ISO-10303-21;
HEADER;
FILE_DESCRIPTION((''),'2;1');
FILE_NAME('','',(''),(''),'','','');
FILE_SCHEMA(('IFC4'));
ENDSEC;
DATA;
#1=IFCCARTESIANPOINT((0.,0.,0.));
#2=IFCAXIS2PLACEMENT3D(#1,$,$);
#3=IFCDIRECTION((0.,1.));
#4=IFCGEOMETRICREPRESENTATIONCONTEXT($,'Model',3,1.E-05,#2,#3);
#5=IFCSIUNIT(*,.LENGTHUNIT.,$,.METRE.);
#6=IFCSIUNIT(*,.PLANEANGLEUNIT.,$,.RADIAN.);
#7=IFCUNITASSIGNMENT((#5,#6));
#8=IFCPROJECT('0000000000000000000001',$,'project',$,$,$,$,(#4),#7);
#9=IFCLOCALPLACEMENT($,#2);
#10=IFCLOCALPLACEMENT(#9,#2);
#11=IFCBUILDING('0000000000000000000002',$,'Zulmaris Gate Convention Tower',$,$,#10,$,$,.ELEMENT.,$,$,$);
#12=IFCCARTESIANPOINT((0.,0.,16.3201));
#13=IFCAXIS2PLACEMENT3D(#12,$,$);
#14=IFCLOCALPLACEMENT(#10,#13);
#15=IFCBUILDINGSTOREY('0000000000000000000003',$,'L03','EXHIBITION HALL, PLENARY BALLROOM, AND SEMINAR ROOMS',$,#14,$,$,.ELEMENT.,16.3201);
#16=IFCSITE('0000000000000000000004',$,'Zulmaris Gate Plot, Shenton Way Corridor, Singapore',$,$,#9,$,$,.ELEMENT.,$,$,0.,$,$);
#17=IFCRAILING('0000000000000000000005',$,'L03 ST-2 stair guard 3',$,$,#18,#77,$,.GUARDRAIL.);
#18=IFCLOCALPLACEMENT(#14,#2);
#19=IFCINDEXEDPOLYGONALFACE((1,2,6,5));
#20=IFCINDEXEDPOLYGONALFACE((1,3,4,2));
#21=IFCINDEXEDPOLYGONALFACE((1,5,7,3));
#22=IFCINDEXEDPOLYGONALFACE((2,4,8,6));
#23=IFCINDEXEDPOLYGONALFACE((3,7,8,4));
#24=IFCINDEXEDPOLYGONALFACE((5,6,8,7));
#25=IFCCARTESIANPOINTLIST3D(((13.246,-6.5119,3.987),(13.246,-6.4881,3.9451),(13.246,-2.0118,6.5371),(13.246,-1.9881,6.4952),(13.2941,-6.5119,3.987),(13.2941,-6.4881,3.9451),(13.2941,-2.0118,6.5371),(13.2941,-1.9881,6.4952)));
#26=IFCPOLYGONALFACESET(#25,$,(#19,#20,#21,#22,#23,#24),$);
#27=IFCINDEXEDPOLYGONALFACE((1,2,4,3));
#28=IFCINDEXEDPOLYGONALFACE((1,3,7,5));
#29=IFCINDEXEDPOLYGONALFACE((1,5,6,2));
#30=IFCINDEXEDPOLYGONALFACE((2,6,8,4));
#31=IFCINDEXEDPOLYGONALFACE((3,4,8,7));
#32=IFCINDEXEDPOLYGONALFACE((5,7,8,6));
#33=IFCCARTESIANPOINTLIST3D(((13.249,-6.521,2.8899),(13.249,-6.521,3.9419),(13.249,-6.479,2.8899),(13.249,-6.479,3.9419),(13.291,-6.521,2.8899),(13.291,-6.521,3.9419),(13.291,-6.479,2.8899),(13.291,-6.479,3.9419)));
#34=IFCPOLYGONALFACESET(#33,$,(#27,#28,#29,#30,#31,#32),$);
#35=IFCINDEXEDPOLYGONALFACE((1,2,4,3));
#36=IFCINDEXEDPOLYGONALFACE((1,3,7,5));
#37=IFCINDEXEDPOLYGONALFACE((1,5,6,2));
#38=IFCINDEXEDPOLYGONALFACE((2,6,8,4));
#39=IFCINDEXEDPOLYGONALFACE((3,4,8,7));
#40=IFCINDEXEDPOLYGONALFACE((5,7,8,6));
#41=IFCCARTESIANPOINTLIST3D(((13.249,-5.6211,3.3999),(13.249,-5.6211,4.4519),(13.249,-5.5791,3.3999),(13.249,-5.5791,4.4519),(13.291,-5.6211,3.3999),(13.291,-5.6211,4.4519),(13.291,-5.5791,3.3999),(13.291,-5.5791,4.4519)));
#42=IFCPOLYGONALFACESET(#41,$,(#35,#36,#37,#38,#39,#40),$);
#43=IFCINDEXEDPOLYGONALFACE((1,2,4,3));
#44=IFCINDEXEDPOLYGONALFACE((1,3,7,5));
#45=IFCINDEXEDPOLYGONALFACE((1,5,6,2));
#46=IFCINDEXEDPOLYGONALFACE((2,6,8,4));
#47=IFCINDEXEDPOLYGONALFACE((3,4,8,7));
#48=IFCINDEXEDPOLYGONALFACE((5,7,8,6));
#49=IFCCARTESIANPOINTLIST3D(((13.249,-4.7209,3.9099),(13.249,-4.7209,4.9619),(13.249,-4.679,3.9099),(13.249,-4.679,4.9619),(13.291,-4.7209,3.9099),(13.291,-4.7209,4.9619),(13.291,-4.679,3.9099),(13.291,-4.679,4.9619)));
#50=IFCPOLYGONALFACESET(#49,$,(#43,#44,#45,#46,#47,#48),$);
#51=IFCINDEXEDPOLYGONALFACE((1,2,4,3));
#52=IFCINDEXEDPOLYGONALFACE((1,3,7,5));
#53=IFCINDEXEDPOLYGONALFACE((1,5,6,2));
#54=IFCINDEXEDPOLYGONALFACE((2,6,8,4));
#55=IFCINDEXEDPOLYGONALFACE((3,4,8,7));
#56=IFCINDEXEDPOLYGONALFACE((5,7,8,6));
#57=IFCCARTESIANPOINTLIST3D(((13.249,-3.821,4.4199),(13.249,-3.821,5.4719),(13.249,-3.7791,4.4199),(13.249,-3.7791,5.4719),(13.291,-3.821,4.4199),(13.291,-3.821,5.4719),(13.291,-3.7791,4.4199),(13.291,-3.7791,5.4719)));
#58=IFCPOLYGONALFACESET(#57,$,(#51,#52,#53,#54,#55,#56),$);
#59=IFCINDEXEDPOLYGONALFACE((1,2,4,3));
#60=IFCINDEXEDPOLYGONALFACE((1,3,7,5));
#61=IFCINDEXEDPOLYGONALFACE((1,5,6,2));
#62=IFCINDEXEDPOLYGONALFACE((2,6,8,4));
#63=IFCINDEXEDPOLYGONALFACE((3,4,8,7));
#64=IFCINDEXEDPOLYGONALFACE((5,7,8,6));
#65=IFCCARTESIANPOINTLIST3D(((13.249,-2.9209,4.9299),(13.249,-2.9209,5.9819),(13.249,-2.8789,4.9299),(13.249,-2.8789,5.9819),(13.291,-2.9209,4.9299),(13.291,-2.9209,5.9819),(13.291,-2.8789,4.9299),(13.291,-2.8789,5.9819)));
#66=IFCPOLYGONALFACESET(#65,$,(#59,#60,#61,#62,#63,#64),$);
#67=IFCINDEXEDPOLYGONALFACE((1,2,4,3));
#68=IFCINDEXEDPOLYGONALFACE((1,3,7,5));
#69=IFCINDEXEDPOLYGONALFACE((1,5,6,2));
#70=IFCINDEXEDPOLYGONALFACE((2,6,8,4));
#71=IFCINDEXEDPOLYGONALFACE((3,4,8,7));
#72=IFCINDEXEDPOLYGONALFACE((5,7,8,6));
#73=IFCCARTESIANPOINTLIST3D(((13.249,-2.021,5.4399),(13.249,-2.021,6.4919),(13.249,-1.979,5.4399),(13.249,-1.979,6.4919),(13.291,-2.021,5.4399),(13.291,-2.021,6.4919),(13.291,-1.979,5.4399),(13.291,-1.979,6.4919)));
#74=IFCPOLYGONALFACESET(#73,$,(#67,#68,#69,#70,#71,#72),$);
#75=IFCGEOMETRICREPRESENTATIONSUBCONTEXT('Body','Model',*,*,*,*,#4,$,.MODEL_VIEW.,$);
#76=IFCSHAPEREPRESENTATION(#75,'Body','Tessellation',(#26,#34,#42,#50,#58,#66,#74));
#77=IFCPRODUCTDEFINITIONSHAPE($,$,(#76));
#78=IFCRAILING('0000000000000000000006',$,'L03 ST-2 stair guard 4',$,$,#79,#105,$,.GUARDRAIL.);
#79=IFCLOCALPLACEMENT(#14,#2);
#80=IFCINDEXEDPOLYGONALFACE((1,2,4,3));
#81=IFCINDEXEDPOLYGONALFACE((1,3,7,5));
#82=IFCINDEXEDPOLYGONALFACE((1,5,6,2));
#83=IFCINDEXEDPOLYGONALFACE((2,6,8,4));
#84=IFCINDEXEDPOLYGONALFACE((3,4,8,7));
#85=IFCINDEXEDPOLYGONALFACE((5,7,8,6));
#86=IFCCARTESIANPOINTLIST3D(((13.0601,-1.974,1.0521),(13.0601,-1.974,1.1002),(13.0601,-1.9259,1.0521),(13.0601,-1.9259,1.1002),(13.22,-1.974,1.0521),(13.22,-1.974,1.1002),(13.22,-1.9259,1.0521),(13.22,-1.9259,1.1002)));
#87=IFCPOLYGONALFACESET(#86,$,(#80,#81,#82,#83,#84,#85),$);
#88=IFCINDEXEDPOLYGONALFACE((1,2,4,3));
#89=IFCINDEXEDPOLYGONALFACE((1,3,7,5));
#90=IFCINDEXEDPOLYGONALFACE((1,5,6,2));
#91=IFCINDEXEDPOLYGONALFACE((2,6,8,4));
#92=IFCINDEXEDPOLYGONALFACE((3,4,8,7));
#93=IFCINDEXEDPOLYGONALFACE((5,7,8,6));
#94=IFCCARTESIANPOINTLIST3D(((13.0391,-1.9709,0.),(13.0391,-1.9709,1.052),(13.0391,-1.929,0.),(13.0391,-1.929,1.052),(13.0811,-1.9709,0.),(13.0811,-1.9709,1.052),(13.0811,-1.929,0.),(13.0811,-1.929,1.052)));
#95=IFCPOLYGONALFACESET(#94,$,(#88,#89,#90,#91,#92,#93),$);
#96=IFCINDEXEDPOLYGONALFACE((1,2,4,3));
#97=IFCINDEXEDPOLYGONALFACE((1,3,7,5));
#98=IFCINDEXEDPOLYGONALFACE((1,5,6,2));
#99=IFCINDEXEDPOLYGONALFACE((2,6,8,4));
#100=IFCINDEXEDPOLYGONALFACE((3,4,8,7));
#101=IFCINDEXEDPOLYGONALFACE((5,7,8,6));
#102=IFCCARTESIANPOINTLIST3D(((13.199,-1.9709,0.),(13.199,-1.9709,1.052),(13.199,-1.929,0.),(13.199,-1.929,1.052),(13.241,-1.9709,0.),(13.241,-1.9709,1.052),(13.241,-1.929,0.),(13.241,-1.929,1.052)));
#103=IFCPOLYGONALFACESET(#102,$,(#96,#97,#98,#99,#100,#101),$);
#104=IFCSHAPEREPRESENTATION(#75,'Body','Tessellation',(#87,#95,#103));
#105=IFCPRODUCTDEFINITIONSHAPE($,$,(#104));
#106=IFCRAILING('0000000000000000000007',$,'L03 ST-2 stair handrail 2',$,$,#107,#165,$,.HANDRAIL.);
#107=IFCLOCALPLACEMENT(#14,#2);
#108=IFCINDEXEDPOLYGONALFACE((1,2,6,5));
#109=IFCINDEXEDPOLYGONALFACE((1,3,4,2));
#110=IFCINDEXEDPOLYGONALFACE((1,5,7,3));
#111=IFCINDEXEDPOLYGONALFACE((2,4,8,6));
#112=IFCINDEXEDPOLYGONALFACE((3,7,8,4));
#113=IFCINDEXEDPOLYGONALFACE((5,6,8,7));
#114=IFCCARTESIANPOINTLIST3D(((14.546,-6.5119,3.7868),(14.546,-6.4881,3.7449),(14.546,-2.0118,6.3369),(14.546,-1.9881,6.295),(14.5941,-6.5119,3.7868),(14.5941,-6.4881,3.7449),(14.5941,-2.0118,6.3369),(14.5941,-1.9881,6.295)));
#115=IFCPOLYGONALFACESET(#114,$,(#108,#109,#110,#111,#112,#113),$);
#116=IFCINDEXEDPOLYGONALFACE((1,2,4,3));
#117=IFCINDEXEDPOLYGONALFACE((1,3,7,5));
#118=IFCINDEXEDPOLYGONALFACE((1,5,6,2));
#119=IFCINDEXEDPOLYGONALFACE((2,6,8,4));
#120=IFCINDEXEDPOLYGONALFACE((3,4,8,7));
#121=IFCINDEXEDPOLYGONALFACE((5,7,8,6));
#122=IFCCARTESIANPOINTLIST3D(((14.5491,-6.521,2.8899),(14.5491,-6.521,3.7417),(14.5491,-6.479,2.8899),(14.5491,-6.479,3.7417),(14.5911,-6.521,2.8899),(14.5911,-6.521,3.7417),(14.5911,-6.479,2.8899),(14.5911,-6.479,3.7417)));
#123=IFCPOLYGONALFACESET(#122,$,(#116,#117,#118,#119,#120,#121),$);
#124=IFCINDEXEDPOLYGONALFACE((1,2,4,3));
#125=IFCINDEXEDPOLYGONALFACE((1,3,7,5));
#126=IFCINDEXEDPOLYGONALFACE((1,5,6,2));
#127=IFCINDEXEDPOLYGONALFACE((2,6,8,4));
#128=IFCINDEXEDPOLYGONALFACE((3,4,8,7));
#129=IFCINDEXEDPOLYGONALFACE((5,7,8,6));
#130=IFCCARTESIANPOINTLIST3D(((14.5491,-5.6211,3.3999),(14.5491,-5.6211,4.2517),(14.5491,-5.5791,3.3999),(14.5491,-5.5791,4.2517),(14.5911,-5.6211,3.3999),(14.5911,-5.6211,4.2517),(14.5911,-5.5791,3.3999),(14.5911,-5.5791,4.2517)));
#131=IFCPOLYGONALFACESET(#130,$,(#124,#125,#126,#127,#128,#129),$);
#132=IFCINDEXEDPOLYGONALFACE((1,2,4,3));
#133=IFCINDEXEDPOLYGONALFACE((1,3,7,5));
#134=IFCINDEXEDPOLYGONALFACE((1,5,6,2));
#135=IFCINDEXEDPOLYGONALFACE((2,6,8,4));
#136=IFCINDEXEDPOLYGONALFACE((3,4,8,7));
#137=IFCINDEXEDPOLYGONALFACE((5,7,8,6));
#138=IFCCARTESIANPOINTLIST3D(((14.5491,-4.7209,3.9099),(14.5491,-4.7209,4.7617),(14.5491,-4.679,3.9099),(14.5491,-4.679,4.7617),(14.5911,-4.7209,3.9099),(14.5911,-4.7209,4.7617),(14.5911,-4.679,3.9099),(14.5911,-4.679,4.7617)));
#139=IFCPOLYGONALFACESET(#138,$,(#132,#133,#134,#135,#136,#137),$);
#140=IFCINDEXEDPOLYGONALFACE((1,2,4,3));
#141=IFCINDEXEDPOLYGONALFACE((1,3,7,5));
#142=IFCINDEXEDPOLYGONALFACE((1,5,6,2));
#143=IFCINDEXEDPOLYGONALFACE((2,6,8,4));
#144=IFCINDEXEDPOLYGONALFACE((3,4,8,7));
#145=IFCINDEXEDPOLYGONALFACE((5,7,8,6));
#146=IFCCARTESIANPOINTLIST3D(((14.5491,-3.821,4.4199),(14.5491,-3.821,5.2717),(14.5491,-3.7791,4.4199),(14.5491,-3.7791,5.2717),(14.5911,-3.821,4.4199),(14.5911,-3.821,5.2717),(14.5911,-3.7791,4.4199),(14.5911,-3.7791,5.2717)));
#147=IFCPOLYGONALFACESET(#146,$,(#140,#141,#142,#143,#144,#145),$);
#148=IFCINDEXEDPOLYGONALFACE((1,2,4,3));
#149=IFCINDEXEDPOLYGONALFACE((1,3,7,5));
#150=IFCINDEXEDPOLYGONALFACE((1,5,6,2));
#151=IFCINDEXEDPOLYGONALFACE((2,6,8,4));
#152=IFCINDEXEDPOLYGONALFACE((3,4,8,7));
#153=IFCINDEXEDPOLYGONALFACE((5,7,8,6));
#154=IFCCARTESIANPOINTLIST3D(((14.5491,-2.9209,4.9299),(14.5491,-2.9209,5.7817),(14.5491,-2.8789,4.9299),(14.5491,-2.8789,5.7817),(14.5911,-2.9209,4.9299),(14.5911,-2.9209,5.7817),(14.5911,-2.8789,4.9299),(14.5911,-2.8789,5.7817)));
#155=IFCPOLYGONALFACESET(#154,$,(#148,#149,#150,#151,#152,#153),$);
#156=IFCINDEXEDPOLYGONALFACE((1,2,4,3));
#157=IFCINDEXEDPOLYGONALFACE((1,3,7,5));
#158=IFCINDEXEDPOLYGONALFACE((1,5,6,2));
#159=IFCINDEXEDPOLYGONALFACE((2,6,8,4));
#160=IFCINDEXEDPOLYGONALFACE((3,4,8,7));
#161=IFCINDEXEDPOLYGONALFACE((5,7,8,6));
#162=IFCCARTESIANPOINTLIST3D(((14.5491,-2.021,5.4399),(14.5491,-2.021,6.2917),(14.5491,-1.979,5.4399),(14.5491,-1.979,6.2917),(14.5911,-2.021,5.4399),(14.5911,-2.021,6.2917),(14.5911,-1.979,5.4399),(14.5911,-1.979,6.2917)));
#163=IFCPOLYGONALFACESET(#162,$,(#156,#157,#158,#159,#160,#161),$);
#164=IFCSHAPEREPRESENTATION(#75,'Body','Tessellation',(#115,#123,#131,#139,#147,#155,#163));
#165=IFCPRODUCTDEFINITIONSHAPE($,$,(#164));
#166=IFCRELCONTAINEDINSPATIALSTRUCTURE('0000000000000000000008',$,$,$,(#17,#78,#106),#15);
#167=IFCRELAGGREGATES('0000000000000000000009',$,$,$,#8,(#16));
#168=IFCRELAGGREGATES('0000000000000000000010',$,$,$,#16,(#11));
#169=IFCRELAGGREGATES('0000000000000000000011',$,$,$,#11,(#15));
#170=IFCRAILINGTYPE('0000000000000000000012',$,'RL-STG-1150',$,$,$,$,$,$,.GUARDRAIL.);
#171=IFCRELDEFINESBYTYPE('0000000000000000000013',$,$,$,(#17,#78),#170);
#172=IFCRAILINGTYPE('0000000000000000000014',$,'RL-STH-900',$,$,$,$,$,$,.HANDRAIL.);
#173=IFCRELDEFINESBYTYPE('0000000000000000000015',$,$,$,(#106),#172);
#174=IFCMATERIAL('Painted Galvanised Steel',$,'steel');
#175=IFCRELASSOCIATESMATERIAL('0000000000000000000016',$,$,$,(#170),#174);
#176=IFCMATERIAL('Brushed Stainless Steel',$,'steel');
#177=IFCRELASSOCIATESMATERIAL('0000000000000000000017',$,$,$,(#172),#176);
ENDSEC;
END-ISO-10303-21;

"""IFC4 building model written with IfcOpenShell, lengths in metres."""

from ifc_helpers import new_model, si_unit, direction, frame, origin, origin_2d, place, context, subcontext, project, spatial, rectangle, extrude, material, type_object, element, save


model = new_model("IFC4")

# Units and contexts
model_context = context("Model", 3, precision=1e-05, world=origin(), true_north=direction((0.0, 1.0)))
body_context = subcontext(model_context, "Body", "Model", "MODEL_VIEW")
ifc_project = project(units=[si_unit("LENGTHUNIT", "METRE"), si_unit("PLANEANGLEUNIT", "RADIAN")], contexts=[model_context])

# Site, building, storey
site_placement = place(None, origin())
site = spatial("IfcSite", under=ifc_project, at=site_placement, Name="Zulmaris Gate Plot, Shenton Way Corridor, Singapore", CompositionType="ELEMENT", RefElevation=0.0)
building_placement = place(site_placement, origin())
building = spatial("IfcBuilding", under=site, at=building_placement, Name="Zulmaris Gate Convention Tower", CompositionType="ELEMENT")
storey_placement = place(building_placement, frame((0.0, 0.0, 16.3201)))
storey = spatial("IfcBuildingStorey", under=building, at=storey_placement, Name="L03", Description="EXHIBITION HALL, PLENARY BALLROOM, AND SEMINAR ROOMS", CompositionType="ELEMENT", Elevation=16.3201)

# Railings
ifc_material_1 = material(Name="Painted Galvanised Steel", Category="steel")
railing_type_1 = type_object("IfcRailingType", Name="RL-STG-1150", PredefinedType="GUARDRAIL", material=ifc_material_1)
railing_1_placement = place(storey_placement, frame((13.27, -6.5, 2.8899)))
element("IfcRailing", 1, at=railing_1_placement, inside=storey, type_object=railing_type_1, Name="L03 ST-2 stair guard 3", PredefinedType="GUARDRAIL", context=body_context, shape_type="SweptSolid", body=[
    extrude(rectangle(XDim=0.0481, YDim=0.0481, at=origin_2d()), frame((0.0, 0.0, 1.0762), z_axis=(0.0, 0.870018, 0.49302), x_axis=(-1.0, 0.0, 0.0)), (0.0, 0.0, 1.0), 5.1724),
    extrude(rectangle(XDim=0.042, YDim=0.042, at=origin_2d()), origin(), (0.0, 0.0, 1.0), 1.052),
    extrude(rectangle(XDim=0.042, YDim=0.042, at=origin_2d()), frame((0.0, 0.8999, 0.51)), (0.0, 0.0, 1.0), 1.052),
    extrude(rectangle(XDim=0.042, YDim=0.042, at=origin_2d()), frame((0.0, 1.8, 1.02)), (0.0, 0.0, 1.0), 1.052),
    extrude(rectangle(XDim=0.042, YDim=0.042, at=origin_2d()), frame((0.0, 2.7, 1.53)), (0.0, 0.0, 1.0), 1.052),
    extrude(rectangle(XDim=0.042, YDim=0.042, at=origin_2d()), frame((0.0, 3.6001, 2.04)), (0.0, 0.0, 1.0), 1.052),
    extrude(rectangle(XDim=0.042, YDim=0.042, at=origin_2d()), frame((0.0, 4.5, 2.55)), (0.0, 0.0, 1.0), 1.052),
])
railing_2_placement = place(storey_placement, frame((13.0601, -1.95, 0.0)))
element("IfcRailing", 2, at=railing_2_placement, inside=storey, type_object=railing_type_1, Name="L03 ST-2 stair guard 4", PredefinedType="GUARDRAIL", context=body_context, shape_type="SweptSolid", body=[
    extrude(rectangle(XDim=0.0481, YDim=0.0481, at=origin_2d()), frame((0.0, 0.0, 1.0762), z_axis=(1.0, 0.0, 0.0), x_axis=(0.0, 1.0, 0.0)), (0.0, 0.0, 1.0), 0.1599),
    extrude(rectangle(XDim=0.042, YDim=0.042, at=origin_2d()), origin(), (0.0, 0.0, 1.0), 1.052),
    extrude(rectangle(XDim=0.042, YDim=0.042, at=origin_2d()), frame((0.1599, 0.0, 0.0)), (0.0, 0.0, 1.0), 1.052),
])
ifc_material_2 = material(Name="Brushed Stainless Steel", Category="steel")
railing_type_2 = type_object("IfcRailingType", Name="RL-STH-900", PredefinedType="HANDRAIL", material=ifc_material_2)
railing_3_placement = place(storey_placement, frame((14.5701, -6.5, 2.8899)))
element("IfcRailing", 3, at=railing_3_placement, inside=storey, type_object=railing_type_2, Name="L03 ST-2 stair handrail 2", PredefinedType="HANDRAIL", context=body_context, shape_type="SweptSolid", body=[
    extrude(rectangle(XDim=0.0481, YDim=0.0481, at=origin_2d()), frame((0.0, 0.0, 0.876), z_axis=(0.0, 0.870018, 0.49302), x_axis=(-1.0, 0.0, 0.0)), (0.0, 0.0, 1.0), 5.1724),
    extrude(rectangle(XDim=0.042, YDim=0.042, at=origin_2d()), origin(), (0.0, 0.0, 1.0), 0.8518),
    extrude(rectangle(XDim=0.042, YDim=0.042, at=origin_2d()), frame((0.0, 0.8999, 0.51)), (0.0, 0.0, 1.0), 0.8518),
    extrude(rectangle(XDim=0.042, YDim=0.042, at=origin_2d()), frame((0.0, 1.8, 1.02)), (0.0, 0.0, 1.0), 0.8518),
    extrude(rectangle(XDim=0.042, YDim=0.042, at=origin_2d()), frame((0.0, 2.7, 1.53)), (0.0, 0.0, 1.0), 0.8518),
    extrude(rectangle(XDim=0.042, YDim=0.042, at=origin_2d()), frame((0.0, 3.6001, 2.04)), (0.0, 0.0, 1.0), 0.8518),
    extrude(rectangle(XDim=0.042, YDim=0.042, at=origin_2d()), frame((0.0, 4.5, 2.55)), (0.0, 0.0, 1.0), 0.8518),
])

save(model, "model.ifc")
